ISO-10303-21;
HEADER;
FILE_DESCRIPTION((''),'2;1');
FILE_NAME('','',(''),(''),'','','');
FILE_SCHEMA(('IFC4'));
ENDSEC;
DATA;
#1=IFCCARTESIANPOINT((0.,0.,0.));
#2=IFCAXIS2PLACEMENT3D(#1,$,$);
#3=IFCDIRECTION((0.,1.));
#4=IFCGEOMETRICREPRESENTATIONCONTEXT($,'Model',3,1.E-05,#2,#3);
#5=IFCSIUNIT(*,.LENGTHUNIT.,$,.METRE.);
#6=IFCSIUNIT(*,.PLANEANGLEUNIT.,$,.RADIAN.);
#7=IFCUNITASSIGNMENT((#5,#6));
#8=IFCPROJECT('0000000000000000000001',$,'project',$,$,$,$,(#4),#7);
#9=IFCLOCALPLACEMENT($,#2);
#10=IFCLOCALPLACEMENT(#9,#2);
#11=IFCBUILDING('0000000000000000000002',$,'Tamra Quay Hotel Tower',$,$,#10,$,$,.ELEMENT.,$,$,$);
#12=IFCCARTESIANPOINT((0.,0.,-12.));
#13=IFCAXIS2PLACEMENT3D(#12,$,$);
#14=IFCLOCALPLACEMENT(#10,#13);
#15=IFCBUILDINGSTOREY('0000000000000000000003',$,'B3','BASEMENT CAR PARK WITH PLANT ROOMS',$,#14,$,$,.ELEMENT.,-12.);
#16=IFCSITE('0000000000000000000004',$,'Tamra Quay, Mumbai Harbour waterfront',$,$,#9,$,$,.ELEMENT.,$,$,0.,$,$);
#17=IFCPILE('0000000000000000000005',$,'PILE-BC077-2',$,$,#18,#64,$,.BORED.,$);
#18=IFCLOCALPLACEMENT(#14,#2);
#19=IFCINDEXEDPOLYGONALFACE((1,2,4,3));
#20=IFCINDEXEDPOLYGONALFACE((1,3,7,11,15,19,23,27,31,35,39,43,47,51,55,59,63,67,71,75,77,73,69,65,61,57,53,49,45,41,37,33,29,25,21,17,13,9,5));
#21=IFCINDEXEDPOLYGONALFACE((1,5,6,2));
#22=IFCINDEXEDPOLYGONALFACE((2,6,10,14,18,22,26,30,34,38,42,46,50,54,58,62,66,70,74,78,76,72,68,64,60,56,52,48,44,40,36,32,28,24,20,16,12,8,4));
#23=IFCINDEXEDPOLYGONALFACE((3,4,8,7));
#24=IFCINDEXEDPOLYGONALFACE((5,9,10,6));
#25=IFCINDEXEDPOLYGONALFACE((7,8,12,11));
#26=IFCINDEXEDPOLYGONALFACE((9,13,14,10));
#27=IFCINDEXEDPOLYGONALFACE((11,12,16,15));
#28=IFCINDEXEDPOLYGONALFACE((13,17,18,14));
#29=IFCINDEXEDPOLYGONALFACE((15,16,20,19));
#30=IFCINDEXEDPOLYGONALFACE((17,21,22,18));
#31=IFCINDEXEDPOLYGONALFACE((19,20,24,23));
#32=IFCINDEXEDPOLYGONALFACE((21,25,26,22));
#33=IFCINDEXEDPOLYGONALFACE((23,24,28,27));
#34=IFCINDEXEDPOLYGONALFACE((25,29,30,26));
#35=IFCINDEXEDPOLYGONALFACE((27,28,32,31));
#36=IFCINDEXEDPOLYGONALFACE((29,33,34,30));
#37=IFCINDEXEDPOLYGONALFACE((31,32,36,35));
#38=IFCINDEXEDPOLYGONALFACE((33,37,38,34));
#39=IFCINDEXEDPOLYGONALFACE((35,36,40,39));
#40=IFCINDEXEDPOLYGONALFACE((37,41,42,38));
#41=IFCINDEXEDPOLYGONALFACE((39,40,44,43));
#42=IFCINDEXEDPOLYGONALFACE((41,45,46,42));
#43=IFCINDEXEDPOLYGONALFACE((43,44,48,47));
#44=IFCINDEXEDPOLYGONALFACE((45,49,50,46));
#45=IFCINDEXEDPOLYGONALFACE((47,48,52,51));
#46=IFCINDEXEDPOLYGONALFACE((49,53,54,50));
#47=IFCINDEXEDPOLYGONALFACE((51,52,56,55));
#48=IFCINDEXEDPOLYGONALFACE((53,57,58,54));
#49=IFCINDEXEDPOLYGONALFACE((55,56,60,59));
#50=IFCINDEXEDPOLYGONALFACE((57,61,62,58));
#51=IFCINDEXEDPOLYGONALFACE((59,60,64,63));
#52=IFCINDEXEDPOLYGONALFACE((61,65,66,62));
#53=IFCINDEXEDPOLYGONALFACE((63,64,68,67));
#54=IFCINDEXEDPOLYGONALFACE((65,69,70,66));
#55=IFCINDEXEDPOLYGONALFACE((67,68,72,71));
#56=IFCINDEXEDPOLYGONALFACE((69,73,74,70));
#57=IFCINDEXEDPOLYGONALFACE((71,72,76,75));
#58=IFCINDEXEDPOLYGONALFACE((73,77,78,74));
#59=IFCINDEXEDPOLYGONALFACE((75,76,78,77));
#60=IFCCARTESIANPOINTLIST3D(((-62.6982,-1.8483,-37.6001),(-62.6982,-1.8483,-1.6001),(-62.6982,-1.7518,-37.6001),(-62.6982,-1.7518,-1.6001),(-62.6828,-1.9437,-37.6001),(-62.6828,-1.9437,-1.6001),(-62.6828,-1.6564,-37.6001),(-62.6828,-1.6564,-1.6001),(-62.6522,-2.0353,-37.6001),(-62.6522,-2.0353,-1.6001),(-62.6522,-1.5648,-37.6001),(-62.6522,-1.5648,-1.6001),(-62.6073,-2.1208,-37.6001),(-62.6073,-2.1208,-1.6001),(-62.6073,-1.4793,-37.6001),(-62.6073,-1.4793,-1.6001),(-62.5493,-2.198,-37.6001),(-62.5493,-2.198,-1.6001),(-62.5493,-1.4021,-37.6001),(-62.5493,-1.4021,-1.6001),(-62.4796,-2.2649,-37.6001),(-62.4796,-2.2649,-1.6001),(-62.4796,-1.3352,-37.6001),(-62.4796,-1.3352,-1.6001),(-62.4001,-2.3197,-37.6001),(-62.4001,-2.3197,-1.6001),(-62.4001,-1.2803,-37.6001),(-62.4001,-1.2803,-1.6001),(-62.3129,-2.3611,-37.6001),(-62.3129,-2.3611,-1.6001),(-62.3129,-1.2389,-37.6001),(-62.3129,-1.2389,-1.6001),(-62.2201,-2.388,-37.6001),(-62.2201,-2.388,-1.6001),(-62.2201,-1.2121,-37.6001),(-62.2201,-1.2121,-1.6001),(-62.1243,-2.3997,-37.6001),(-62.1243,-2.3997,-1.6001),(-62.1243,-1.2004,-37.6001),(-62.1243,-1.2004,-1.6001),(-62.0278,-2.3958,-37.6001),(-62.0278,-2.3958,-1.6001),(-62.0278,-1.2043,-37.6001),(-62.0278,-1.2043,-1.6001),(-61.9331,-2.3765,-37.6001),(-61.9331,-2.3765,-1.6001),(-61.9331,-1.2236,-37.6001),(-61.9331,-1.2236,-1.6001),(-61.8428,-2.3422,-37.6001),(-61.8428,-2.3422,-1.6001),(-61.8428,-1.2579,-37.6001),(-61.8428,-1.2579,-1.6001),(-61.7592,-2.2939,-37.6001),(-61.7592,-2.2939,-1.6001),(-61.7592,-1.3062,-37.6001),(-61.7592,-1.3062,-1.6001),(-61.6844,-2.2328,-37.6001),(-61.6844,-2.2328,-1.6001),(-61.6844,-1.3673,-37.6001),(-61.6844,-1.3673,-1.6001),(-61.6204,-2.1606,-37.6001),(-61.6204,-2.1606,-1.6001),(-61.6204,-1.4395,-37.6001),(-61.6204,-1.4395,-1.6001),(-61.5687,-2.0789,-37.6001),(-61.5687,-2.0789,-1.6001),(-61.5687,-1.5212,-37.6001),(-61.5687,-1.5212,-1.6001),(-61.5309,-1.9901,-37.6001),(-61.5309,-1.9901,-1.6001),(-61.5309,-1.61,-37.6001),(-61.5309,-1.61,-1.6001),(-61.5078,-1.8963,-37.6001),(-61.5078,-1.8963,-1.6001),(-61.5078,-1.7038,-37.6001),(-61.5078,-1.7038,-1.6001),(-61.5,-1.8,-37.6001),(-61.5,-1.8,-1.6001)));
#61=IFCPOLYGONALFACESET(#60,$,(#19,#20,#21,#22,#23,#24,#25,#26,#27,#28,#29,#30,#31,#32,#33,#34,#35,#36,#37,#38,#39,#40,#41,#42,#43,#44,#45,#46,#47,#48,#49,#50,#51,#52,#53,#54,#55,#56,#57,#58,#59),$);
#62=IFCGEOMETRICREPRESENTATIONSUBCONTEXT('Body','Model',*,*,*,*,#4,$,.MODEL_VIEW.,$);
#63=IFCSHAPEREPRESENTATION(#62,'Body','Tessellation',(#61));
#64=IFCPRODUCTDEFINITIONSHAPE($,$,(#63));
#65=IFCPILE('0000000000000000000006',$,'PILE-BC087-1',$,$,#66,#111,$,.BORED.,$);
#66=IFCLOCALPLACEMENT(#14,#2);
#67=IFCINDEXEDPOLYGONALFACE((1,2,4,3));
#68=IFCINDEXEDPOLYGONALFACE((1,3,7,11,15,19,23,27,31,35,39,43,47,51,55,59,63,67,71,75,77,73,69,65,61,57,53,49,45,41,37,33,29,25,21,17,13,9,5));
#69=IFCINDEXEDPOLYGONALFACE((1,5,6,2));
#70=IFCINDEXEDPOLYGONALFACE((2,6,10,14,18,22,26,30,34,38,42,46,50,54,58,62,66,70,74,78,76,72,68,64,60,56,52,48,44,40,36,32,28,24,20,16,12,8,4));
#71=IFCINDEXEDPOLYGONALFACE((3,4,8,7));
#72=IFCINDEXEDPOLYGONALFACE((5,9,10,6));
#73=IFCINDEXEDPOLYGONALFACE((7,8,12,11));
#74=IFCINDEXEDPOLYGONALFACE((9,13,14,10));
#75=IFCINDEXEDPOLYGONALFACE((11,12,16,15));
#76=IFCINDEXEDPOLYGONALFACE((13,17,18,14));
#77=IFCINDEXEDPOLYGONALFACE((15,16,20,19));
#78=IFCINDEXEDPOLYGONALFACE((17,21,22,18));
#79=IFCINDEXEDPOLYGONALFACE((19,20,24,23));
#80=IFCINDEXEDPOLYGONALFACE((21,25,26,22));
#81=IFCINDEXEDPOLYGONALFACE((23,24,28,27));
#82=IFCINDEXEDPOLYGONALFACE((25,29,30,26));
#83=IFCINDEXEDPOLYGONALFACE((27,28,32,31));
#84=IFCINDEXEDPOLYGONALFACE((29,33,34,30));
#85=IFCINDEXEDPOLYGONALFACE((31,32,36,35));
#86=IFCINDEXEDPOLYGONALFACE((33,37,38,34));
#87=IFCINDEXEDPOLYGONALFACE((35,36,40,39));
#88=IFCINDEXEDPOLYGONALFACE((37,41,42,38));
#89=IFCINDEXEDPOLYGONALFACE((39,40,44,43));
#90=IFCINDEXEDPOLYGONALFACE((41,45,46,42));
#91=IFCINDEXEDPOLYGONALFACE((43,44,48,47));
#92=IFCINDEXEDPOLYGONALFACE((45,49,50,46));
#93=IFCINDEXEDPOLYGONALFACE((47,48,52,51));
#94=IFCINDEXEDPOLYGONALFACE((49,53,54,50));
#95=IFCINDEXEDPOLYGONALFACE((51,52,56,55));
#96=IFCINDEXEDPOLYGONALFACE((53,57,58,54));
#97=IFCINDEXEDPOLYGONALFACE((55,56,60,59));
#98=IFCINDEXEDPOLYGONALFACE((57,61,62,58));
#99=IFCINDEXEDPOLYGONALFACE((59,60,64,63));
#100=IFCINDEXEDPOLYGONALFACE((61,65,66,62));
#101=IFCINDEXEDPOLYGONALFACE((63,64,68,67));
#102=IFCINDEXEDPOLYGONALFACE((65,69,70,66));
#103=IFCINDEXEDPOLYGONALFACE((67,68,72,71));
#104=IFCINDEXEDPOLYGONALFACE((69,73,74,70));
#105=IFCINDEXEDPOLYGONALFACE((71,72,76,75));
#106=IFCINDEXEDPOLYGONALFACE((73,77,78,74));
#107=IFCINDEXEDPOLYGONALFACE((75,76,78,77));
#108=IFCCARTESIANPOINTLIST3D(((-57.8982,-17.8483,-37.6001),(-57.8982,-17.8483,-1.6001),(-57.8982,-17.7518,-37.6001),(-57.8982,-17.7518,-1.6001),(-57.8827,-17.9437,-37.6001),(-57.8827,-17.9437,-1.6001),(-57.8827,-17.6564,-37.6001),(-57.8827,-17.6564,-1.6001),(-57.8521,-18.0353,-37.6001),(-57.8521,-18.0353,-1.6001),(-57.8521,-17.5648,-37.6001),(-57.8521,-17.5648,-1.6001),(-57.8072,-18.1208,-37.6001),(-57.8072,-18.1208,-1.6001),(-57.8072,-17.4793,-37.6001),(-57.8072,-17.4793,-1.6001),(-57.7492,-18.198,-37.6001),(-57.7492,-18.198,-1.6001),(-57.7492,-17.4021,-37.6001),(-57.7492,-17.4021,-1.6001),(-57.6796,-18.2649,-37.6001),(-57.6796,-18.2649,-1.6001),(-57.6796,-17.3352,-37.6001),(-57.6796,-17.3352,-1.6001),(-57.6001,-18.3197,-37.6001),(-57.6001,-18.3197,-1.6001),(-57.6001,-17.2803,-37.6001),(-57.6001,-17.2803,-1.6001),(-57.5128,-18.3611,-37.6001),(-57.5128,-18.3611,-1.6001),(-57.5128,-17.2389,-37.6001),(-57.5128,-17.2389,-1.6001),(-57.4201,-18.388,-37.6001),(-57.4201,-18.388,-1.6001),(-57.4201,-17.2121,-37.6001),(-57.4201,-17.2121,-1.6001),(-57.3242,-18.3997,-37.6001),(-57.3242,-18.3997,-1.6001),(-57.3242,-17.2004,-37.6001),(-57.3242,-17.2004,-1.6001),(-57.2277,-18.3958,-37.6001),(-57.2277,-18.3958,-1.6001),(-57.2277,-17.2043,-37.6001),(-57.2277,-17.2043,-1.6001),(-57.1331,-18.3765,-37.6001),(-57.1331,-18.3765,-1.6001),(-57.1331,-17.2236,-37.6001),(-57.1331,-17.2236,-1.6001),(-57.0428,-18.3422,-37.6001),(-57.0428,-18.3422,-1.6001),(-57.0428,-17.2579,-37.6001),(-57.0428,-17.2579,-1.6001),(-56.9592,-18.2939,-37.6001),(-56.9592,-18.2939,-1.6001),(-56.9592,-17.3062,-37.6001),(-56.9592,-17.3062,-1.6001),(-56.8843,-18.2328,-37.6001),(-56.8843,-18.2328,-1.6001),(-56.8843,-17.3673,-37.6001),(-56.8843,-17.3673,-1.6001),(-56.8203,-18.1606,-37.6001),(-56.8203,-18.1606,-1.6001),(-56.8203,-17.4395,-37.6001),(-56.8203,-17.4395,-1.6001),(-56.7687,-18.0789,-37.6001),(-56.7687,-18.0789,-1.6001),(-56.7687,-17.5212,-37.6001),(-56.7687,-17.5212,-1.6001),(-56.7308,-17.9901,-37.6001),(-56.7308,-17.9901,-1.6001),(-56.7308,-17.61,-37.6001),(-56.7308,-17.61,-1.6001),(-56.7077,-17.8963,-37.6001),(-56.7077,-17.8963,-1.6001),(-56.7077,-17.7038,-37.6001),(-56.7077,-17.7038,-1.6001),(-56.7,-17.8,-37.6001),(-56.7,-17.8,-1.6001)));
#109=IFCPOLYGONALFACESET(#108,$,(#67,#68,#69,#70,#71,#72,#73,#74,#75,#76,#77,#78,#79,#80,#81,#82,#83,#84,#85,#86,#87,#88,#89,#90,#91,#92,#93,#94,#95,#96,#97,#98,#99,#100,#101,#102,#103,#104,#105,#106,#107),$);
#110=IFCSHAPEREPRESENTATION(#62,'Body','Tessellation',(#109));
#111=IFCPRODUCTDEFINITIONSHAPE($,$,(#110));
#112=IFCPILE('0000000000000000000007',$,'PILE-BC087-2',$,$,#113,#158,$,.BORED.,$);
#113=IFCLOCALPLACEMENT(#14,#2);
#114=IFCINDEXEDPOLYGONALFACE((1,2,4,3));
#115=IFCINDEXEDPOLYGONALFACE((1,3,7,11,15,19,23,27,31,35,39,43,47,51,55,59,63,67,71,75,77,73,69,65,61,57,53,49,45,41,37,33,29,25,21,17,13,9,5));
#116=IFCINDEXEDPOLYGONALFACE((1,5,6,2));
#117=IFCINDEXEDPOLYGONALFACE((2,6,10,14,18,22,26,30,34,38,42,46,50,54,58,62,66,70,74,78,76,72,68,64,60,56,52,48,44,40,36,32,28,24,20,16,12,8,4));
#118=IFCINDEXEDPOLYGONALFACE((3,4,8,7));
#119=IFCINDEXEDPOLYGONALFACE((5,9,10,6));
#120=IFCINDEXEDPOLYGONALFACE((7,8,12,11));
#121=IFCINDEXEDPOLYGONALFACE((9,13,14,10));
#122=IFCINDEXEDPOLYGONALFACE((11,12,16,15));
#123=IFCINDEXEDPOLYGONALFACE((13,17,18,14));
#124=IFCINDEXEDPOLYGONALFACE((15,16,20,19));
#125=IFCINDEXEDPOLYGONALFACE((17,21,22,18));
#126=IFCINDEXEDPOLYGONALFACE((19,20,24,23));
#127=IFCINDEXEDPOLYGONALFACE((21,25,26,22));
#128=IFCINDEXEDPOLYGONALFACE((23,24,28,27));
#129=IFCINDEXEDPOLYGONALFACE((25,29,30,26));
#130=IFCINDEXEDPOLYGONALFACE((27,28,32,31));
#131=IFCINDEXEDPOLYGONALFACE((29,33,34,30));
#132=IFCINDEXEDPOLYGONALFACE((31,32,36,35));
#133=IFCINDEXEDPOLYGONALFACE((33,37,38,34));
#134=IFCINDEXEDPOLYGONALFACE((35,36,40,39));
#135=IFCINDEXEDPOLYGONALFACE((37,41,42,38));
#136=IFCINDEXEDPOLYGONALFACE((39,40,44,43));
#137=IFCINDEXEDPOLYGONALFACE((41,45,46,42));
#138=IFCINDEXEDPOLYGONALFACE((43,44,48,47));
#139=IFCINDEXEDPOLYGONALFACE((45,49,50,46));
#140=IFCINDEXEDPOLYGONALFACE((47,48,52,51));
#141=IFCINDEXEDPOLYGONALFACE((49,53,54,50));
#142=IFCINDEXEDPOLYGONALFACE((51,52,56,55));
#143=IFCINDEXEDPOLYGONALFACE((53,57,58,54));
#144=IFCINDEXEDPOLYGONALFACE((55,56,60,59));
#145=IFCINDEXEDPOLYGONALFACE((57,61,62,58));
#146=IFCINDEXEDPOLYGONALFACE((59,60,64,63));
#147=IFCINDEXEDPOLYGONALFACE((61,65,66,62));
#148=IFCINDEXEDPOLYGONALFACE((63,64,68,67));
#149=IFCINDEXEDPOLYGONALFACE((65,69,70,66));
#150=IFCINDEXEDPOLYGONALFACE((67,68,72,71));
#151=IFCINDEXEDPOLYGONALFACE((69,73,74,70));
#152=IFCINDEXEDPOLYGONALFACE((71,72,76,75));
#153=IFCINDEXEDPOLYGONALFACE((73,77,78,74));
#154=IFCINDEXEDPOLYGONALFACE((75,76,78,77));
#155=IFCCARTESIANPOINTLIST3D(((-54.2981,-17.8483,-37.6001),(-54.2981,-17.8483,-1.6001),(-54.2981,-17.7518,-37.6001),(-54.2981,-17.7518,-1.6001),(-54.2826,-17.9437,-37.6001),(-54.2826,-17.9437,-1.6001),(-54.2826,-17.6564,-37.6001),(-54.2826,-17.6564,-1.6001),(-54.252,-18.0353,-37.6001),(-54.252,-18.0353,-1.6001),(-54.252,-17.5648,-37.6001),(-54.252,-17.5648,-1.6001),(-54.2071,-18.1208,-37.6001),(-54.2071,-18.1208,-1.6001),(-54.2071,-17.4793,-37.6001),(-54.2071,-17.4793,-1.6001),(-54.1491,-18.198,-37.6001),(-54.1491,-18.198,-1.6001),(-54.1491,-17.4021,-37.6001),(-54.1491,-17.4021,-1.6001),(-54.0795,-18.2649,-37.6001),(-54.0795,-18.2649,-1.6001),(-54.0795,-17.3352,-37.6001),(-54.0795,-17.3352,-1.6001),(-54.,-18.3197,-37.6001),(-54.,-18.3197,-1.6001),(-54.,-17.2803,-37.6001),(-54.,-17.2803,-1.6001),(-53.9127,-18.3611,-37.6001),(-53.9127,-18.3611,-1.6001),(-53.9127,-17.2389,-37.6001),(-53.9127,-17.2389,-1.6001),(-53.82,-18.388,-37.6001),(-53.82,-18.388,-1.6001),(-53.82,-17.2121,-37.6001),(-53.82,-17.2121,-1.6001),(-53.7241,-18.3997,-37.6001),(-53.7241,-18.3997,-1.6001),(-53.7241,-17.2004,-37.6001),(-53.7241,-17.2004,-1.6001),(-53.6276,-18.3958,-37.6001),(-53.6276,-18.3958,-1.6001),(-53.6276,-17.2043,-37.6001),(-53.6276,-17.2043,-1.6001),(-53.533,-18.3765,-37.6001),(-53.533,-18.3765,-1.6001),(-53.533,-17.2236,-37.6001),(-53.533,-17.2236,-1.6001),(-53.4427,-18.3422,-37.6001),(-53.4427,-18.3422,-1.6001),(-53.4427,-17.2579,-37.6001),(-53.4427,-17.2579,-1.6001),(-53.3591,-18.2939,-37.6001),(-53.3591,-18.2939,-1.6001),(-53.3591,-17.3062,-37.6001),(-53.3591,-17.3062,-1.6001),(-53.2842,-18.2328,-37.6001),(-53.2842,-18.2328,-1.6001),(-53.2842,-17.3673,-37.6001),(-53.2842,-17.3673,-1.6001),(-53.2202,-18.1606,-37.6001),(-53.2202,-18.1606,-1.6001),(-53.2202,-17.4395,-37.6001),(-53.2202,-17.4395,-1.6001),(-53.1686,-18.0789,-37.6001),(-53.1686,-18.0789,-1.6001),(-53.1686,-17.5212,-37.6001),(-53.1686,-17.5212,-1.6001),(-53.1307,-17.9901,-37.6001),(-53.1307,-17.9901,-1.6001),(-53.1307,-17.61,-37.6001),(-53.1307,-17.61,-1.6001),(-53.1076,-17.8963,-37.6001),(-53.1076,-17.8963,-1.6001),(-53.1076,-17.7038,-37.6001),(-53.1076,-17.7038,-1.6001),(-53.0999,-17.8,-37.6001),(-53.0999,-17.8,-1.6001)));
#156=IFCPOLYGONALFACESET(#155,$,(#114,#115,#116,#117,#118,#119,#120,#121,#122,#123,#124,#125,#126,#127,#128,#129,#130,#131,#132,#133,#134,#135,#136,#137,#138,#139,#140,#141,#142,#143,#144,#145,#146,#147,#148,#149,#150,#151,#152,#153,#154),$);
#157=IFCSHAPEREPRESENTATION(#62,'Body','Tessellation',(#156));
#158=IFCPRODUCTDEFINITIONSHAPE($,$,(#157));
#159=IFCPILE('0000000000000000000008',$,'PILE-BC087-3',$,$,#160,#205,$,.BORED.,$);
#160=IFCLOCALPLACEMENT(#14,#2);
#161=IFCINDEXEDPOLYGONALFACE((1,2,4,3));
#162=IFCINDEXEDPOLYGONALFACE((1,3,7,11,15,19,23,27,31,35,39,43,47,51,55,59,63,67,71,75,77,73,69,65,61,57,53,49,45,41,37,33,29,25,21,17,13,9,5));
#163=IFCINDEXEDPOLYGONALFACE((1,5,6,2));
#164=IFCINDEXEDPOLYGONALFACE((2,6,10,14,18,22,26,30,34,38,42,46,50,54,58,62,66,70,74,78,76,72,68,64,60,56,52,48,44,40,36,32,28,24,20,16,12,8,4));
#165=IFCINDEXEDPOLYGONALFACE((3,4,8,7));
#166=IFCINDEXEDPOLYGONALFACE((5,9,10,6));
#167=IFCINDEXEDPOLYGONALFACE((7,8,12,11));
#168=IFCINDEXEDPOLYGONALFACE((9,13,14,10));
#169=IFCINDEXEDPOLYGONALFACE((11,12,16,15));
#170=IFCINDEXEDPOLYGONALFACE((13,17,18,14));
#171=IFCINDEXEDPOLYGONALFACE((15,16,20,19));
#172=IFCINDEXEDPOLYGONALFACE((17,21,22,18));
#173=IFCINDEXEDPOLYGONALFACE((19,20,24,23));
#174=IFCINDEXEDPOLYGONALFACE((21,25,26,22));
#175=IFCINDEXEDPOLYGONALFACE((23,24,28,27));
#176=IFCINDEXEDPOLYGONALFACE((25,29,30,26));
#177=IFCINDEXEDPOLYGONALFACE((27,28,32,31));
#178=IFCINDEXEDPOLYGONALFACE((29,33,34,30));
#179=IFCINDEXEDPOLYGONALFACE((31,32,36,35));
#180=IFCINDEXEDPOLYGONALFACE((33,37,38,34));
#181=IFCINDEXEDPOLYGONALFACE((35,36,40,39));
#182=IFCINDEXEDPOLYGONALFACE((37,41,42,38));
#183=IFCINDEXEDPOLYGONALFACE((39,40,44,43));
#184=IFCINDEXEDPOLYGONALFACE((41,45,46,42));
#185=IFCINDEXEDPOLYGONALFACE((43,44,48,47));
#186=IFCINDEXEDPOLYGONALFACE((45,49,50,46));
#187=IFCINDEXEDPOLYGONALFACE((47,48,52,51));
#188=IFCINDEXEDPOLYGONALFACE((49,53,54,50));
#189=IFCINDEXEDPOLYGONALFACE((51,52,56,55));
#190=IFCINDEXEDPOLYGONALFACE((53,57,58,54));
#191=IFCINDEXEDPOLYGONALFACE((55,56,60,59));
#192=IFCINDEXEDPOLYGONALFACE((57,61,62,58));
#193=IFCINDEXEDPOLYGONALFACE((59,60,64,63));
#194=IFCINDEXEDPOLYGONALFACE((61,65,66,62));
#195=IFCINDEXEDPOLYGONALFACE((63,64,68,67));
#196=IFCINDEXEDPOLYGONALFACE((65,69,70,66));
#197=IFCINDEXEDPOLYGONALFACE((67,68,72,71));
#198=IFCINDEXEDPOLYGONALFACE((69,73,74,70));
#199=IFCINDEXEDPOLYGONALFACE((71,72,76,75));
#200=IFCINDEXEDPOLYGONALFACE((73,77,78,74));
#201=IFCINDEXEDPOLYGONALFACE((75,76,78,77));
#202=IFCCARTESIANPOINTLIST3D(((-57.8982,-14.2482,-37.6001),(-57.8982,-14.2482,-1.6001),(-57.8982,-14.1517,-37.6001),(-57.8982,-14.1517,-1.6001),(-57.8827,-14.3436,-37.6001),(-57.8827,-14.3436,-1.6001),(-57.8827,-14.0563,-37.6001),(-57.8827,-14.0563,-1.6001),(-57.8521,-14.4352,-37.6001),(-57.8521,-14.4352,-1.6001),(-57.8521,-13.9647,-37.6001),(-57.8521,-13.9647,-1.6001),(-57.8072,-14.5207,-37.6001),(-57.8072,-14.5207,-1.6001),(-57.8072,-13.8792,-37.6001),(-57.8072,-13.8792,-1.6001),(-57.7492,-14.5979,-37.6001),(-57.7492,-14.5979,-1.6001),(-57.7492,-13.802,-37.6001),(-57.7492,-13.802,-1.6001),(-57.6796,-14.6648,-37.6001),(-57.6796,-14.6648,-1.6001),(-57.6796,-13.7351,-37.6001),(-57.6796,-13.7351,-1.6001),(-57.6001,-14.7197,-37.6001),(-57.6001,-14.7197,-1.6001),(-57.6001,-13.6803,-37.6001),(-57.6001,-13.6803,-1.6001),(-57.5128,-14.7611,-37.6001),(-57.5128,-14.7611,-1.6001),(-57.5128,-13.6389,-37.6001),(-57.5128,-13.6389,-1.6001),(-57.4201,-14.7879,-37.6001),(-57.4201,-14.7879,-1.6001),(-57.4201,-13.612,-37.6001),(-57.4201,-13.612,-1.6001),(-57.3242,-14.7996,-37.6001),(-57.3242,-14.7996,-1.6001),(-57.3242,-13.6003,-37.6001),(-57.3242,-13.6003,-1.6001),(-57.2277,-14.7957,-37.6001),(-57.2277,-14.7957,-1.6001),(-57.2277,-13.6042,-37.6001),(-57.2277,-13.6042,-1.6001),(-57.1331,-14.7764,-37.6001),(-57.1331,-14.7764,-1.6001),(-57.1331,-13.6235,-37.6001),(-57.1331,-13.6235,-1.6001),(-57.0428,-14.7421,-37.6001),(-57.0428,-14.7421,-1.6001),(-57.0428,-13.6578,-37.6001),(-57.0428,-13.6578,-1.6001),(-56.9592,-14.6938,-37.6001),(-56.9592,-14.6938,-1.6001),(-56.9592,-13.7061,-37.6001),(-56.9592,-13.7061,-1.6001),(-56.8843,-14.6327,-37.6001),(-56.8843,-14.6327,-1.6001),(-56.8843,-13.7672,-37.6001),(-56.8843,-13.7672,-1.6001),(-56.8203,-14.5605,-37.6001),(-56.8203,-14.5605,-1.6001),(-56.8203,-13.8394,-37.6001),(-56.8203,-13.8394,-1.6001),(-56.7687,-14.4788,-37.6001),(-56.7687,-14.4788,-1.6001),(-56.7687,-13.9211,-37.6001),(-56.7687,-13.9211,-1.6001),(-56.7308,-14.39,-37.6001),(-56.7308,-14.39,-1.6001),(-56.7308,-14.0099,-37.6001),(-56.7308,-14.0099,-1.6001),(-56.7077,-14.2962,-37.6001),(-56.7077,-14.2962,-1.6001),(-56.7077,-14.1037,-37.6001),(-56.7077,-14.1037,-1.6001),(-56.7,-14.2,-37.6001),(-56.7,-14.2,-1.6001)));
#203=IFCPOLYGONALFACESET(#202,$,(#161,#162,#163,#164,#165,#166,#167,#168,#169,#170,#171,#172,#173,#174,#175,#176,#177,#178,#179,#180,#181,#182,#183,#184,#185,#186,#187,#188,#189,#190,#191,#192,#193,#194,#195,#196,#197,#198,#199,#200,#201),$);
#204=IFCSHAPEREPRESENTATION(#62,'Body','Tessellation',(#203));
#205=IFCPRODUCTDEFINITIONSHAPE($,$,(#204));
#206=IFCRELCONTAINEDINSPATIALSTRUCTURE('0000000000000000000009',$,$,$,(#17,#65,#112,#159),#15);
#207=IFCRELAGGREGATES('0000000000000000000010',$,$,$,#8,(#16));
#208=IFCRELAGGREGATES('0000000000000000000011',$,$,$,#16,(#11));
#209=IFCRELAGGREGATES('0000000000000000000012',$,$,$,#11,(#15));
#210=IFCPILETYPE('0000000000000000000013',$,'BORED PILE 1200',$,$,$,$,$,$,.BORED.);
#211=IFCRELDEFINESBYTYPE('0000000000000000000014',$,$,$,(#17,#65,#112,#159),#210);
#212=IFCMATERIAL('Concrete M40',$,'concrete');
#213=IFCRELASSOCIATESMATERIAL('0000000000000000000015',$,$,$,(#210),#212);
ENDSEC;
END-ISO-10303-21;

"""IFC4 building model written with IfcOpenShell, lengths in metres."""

from ifc_helpers import new_model, si_unit, direction, frame, origin, origin_2d, place, context, subcontext, project, spatial, circle, extrude, material, material_profile, profile_set, type_object, element, save


model = new_model("IFC4")

# Units and contexts
model_context = context("Model", 3, precision=1e-05, world=origin(), true_north=direction((0.0, 1.0)))
body_context = subcontext(model_context, "Body", "Model", "MODEL_VIEW")
ifc_project = project(units=[si_unit("LENGTHUNIT", "METRE"), si_unit("PLANEANGLEUNIT", "RADIAN")], contexts=[model_context])

# Site, building, storey
site_placement = place(None, origin())
site = spatial("IfcSite", under=ifc_project, at=site_placement, Name="Tamra Quay, Mumbai Harbour waterfront", CompositionType="ELEMENT", RefElevation=0.0)
building_placement = place(site_placement, origin())
building = spatial("IfcBuilding", under=site, at=building_placement, Name="Tamra Quay Hotel Tower", CompositionType="ELEMENT")
storey_placement = place(building_placement, frame((0.0, 0.0, -12.0)))
storey = spatial("IfcBuildingStorey", under=building, at=storey_placement, Name="B3", Description="BASEMENT CAR PARK WITH PLANT ROOMS", CompositionType="ELEMENT", Elevation=-12.0)

# Piles
ifc_material_1 = material(Name="Concrete M40", Category="concrete")
ifc_material_profile_1 = material_profile(ifc_material_1, circle(Radius=0.6001, at=origin_2d()), Name="BORED PILE 1200")
ifc_profile_set_1 = profile_set([ifc_material_profile_1], Name="Concrete M40")
pile_type = type_object("IfcPileType", Name="BORED PILE 1200", PredefinedType="BORED", material=ifc_profile_set_1)
for number, where, z_axis, x_axis, name in (
    (1, (-62.1001, -1.8, -1.6001), (0.0, 0.0, -1.0), (1.0, 0.0, 0.0), "PILE-BC077-2"),
    (2, (-57.3, -17.8, -1.6001), (0.0, 0.0, -1.0), (1.0, 0.0, 0.0), "PILE-BC087-1"),
    (3, (-53.7, -17.8, -1.6001), (0.0, 0.0, -1.0), (1.0, 0.0, 0.0), "PILE-BC087-2"),
    (4, (-57.3, -14.2, -1.6001), (0.0, 0.0, -1.0), (1.0, 0.0, 0.0), "PILE-BC087-3"),
):
    element("IfcPile", number, at=place(storey_placement, frame(where, z_axis=z_axis, x_axis=x_axis)), inside=storey, type_object=pile_type, Name=name, PredefinedType="BORED", context=body_context, shape_type="SweptSolid", body=[
        extrude(circle(Radius=0.6001, at=origin_2d()), origin(), (0.0, 0.0, 1.0), 36.0),
    ])

save(model, "model.ifc")
